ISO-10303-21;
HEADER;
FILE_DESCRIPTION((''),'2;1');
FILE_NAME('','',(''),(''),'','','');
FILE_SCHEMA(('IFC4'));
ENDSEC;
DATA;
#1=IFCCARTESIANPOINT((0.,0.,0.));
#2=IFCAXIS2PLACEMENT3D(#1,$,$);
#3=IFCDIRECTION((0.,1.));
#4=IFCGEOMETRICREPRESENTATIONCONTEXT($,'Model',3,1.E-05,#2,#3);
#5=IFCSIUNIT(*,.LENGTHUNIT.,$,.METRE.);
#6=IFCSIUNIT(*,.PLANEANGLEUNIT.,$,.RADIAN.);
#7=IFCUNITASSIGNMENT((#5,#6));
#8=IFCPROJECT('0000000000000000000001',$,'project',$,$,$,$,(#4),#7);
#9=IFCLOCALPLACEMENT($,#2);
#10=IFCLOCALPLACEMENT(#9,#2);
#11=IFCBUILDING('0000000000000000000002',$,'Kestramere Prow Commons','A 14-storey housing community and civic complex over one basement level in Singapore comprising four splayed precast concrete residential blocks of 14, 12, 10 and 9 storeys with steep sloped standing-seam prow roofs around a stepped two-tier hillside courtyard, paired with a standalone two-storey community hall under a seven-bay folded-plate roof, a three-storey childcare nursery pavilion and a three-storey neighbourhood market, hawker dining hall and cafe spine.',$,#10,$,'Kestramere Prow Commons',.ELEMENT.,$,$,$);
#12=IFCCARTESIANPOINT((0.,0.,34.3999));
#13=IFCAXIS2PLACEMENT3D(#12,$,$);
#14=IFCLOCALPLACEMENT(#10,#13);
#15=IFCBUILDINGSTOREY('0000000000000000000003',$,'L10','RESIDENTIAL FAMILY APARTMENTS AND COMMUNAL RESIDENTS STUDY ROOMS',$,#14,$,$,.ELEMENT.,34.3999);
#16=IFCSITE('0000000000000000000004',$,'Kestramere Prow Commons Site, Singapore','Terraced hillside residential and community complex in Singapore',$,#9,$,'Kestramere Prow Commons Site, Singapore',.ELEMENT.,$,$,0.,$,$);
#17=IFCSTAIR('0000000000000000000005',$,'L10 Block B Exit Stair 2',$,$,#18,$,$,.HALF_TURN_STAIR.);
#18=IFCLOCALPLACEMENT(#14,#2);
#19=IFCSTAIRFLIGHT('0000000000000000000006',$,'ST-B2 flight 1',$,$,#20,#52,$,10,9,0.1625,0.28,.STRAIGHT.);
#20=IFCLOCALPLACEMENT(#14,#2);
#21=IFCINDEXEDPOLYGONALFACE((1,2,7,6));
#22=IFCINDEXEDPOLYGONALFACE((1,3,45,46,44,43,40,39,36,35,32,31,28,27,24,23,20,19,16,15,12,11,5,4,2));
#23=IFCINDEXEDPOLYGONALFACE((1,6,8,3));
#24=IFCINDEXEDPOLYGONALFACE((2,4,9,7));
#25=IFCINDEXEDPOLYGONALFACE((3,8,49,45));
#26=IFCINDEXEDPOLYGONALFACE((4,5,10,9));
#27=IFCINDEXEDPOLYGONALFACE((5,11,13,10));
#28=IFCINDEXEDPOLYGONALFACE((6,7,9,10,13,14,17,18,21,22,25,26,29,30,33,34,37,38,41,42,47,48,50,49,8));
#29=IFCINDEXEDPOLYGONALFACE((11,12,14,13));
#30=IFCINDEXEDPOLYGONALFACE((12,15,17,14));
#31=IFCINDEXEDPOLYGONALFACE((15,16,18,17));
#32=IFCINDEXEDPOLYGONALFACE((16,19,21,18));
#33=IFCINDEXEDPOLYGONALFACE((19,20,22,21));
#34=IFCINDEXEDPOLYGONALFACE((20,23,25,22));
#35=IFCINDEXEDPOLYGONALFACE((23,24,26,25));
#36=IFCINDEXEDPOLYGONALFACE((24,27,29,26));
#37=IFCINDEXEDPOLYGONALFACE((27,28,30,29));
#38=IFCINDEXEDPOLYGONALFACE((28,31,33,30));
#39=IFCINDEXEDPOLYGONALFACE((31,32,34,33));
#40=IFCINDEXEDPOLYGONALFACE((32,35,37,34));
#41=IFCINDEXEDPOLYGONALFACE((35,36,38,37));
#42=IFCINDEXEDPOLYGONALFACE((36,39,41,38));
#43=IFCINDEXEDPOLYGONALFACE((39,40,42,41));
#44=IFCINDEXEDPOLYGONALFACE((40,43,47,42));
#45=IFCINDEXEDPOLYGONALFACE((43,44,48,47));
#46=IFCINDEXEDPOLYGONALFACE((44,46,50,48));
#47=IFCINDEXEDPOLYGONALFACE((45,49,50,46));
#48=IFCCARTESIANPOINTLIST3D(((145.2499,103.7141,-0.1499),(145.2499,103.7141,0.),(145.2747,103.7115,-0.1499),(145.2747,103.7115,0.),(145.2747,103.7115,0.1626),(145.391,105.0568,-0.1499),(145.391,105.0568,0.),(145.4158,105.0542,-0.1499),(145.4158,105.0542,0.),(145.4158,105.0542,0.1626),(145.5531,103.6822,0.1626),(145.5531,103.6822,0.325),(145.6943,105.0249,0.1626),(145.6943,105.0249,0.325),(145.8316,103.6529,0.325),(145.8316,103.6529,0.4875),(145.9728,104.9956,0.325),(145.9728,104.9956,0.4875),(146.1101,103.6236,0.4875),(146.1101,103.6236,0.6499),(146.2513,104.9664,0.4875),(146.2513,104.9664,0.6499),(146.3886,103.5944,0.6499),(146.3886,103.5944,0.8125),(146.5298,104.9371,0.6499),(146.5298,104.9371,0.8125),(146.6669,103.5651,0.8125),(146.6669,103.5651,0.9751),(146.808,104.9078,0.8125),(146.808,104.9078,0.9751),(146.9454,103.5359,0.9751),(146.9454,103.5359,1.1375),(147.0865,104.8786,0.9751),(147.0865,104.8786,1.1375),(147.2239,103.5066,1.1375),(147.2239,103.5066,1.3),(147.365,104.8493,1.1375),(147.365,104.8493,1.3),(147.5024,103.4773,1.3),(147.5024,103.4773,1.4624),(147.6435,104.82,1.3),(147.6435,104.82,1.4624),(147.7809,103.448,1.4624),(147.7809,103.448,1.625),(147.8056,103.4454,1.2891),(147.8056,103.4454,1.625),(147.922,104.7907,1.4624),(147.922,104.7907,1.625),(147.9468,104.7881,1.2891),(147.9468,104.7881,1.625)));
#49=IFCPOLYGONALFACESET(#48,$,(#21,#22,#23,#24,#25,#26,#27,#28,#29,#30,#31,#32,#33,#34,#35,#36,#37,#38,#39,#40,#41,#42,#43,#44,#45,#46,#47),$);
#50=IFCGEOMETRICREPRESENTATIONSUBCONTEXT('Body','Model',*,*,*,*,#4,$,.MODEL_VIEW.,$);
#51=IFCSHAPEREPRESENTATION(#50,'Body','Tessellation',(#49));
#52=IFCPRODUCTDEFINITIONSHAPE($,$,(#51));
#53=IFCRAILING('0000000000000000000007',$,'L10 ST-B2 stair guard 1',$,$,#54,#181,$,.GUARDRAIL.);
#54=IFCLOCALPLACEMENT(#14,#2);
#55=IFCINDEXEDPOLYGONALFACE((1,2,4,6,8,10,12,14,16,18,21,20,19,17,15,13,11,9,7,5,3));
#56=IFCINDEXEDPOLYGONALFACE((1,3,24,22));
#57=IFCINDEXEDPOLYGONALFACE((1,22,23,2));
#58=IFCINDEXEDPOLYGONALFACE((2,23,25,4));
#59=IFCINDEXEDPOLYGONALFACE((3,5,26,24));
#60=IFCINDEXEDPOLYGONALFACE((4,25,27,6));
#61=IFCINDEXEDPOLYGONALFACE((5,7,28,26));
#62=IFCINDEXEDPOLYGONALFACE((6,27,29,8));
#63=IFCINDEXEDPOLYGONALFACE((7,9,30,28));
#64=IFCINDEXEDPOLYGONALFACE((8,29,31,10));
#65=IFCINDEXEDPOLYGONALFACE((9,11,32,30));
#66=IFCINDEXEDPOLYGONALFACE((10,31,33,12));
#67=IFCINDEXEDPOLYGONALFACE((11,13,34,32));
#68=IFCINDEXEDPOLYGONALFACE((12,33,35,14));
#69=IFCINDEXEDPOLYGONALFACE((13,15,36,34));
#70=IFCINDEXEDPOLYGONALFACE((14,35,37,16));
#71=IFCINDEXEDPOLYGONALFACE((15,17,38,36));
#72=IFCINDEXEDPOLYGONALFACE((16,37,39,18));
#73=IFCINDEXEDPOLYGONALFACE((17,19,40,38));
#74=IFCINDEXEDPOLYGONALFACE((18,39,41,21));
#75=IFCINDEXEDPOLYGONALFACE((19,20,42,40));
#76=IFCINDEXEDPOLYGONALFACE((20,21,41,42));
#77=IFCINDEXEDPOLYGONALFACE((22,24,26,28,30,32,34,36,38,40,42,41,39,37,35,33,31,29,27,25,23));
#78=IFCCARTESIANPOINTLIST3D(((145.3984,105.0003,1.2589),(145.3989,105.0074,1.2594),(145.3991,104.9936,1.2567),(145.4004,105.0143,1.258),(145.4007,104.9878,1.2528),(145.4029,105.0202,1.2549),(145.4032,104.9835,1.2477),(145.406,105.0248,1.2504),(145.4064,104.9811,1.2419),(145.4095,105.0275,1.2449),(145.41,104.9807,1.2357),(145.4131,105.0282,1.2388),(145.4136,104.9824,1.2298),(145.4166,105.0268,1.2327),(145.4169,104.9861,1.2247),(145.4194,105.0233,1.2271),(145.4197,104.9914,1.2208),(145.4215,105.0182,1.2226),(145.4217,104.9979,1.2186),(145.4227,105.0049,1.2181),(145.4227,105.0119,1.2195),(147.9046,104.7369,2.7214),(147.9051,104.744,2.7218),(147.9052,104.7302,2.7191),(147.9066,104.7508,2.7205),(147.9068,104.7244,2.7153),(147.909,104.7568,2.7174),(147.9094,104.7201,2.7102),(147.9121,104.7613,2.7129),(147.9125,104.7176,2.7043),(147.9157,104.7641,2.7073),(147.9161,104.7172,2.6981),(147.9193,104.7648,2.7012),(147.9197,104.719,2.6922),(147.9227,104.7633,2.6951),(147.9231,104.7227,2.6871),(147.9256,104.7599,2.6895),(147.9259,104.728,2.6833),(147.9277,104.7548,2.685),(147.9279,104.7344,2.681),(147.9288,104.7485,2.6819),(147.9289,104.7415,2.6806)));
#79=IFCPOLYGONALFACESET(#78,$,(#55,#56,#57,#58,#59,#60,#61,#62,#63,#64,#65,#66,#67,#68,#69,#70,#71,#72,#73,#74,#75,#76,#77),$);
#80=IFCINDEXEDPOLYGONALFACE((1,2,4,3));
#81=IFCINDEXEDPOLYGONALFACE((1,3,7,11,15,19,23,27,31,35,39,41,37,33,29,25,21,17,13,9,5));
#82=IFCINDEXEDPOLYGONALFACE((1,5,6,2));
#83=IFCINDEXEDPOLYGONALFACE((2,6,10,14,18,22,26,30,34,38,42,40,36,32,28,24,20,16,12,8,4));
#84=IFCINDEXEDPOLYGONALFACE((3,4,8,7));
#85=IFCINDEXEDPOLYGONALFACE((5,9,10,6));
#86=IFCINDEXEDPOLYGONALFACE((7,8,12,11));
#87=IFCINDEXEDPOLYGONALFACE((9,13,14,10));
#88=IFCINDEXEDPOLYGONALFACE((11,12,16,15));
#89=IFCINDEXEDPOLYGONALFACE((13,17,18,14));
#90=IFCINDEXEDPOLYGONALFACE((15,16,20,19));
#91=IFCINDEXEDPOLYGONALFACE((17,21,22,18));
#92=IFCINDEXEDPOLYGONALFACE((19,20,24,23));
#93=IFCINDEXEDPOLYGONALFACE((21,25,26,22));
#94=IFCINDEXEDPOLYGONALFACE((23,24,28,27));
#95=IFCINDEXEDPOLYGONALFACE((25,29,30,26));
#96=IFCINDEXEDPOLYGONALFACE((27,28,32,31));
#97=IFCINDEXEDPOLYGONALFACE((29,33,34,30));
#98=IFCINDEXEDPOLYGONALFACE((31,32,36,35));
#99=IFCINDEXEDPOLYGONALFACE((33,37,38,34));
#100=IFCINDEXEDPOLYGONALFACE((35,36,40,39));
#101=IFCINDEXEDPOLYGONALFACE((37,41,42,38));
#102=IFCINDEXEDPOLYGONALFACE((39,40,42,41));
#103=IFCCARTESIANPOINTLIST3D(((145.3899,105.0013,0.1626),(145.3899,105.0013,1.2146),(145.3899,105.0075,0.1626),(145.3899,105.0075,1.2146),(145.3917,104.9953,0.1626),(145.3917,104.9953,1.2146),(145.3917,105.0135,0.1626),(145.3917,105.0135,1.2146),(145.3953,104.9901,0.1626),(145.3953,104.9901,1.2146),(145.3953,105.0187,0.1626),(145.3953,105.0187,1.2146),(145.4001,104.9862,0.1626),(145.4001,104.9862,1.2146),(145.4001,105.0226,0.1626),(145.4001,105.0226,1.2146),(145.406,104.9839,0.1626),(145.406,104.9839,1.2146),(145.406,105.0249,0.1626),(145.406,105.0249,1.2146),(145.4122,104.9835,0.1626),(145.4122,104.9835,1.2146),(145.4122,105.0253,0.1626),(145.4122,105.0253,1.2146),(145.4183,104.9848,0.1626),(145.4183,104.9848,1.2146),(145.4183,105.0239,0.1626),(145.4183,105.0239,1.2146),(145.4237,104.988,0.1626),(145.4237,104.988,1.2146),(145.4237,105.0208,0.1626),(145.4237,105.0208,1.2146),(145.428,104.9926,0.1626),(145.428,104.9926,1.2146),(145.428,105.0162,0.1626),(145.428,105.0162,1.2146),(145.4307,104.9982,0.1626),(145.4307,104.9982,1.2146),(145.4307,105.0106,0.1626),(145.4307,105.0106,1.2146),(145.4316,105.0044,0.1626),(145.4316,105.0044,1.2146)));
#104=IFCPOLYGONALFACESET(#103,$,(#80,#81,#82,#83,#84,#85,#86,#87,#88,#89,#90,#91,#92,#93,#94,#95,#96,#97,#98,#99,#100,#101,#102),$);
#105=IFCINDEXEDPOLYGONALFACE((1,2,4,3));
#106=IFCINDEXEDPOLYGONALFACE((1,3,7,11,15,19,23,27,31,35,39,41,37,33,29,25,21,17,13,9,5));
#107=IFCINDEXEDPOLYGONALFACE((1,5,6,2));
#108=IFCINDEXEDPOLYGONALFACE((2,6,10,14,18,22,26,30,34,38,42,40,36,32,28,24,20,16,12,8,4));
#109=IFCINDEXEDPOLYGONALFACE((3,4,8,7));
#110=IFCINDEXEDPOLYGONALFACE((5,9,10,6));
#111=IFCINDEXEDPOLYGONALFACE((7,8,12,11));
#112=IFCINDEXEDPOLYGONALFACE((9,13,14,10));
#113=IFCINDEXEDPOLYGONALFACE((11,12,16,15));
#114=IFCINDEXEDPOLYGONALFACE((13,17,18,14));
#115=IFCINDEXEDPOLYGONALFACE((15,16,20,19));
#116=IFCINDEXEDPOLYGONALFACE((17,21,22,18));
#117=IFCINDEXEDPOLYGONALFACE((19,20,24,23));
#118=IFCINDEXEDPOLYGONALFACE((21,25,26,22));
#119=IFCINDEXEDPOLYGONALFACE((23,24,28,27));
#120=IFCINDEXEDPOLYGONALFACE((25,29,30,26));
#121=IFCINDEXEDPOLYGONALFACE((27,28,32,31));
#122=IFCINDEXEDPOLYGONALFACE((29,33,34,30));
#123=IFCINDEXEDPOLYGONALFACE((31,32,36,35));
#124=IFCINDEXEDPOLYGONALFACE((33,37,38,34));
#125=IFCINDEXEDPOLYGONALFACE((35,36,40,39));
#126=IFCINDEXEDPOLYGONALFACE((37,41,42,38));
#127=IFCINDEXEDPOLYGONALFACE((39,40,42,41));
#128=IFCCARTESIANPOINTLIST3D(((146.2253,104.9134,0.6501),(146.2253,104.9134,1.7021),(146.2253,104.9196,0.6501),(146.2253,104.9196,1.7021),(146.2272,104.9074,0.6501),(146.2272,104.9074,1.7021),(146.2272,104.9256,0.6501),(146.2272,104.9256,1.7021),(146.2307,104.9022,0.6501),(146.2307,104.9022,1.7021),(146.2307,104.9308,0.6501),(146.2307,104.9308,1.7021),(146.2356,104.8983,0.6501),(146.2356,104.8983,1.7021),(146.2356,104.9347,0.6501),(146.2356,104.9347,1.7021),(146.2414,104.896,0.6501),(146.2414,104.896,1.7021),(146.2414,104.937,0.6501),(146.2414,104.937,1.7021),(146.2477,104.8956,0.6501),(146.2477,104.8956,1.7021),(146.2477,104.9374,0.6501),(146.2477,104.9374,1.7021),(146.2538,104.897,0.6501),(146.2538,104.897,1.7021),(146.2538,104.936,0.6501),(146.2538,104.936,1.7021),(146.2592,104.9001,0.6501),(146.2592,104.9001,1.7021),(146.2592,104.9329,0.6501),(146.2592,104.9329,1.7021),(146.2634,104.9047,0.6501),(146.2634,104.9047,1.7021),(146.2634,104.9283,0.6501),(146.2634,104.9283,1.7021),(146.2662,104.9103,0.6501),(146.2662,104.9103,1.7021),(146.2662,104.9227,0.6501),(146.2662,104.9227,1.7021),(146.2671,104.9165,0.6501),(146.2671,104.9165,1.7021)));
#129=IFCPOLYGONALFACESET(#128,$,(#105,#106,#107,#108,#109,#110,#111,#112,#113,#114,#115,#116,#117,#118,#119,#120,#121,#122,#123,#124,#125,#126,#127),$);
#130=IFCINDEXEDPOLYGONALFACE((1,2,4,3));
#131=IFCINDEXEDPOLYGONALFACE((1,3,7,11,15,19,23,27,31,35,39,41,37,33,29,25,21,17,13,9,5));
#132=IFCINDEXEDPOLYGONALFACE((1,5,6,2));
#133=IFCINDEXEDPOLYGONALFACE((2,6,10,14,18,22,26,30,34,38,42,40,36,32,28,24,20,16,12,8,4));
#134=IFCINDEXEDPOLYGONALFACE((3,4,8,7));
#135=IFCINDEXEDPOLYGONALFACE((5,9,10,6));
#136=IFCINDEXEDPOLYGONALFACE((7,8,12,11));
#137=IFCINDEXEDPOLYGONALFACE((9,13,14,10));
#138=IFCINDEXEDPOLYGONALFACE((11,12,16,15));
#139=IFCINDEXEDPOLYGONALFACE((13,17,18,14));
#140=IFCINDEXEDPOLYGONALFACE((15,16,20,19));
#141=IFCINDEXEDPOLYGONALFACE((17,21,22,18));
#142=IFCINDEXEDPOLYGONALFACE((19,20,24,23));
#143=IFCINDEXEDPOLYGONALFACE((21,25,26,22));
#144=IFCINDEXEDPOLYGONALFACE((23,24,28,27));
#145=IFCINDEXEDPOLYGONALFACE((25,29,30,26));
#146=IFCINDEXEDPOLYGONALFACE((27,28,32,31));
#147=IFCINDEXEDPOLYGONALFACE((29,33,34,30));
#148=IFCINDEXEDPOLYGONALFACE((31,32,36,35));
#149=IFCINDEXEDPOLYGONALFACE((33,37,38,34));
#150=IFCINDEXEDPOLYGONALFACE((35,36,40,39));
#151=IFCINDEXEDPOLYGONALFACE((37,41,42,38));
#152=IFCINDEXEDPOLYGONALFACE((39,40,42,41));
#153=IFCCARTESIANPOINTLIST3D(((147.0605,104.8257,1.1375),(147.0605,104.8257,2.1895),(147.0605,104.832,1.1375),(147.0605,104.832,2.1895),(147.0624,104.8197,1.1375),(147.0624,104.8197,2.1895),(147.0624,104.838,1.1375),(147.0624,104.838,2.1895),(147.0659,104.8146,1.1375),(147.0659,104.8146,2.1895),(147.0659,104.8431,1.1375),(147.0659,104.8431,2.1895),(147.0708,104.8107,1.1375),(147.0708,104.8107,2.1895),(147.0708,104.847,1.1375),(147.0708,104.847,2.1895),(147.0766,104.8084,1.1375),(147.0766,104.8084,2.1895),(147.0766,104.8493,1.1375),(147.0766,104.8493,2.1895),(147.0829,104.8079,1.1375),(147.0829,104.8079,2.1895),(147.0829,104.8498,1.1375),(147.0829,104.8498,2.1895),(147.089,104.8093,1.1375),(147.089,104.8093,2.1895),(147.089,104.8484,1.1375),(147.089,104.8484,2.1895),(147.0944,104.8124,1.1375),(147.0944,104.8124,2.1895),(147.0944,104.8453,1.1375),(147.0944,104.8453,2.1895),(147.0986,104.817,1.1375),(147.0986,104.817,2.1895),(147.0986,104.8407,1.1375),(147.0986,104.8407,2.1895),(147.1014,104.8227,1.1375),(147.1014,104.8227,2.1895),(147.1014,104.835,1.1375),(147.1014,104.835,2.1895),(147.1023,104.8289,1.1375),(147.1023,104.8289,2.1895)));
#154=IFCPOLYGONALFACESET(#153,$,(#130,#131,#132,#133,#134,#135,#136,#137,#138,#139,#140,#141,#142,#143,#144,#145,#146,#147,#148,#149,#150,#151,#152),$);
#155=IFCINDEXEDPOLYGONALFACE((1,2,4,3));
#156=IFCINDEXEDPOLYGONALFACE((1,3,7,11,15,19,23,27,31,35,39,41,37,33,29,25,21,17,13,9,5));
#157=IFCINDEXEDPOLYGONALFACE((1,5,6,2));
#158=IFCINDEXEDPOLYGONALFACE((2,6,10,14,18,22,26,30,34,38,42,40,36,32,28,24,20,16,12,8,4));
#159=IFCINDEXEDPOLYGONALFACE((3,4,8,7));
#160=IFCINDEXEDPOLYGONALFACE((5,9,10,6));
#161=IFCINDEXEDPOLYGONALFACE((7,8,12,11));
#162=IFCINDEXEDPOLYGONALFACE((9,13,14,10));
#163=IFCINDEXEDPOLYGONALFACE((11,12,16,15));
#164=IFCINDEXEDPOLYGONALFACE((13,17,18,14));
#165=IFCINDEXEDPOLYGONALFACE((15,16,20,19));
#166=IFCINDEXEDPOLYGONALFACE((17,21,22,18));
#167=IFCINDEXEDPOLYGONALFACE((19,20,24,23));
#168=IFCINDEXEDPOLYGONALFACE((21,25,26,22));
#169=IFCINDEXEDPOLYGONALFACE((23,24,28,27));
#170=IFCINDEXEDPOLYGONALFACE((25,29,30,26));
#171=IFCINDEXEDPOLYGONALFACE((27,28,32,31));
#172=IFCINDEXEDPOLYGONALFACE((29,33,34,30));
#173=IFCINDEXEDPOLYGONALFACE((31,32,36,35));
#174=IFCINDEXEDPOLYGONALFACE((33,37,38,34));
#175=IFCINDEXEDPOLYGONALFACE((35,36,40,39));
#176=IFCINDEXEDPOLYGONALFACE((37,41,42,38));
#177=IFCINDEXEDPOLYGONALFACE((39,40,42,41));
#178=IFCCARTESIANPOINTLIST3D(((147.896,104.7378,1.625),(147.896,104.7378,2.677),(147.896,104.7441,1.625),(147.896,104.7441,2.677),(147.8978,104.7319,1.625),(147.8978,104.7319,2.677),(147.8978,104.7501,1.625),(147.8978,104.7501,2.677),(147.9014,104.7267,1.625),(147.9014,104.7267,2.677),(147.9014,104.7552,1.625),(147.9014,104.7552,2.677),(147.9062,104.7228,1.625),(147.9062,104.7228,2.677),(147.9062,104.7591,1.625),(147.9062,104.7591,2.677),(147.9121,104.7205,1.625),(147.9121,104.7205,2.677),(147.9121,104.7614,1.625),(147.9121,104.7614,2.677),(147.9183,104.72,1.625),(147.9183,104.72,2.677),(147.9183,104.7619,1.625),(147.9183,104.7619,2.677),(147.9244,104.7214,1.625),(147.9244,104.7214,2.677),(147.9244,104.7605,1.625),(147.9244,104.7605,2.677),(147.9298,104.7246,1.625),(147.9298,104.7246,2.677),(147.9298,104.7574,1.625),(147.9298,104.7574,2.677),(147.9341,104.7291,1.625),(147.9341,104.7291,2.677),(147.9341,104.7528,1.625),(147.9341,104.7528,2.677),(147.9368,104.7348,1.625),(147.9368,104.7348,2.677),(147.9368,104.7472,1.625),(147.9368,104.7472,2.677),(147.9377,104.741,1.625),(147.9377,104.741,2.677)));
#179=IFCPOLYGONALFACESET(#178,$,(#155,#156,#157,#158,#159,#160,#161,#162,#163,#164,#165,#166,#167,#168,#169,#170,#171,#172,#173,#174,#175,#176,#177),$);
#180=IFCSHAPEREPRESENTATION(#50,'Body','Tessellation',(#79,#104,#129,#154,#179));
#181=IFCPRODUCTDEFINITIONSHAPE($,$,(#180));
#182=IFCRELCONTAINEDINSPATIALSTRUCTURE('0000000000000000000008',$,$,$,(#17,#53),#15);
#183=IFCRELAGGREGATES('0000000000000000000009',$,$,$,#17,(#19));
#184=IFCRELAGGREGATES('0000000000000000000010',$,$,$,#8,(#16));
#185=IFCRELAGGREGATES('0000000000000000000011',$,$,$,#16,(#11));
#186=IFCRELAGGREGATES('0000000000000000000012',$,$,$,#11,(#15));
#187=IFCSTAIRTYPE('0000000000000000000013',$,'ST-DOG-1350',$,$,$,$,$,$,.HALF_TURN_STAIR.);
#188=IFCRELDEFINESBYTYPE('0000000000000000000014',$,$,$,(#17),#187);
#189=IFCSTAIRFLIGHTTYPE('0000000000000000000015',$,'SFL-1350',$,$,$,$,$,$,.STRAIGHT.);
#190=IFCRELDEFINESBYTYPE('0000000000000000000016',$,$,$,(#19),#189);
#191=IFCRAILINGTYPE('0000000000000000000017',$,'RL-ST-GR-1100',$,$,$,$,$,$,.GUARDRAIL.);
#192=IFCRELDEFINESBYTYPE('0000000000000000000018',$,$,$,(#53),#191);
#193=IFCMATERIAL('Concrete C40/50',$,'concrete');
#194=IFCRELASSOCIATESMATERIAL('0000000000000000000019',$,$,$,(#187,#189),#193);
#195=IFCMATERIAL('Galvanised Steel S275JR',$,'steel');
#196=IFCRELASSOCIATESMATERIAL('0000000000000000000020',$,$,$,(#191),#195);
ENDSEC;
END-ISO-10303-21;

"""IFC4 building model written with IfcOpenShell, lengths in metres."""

from ifc_helpers import new_model, si_unit, direction, frame, origin, origin_2d, place, context, subcontext, project, spatial, polyline, circle, outline, extrude, material, type_object, element, aggregate, save


model = new_model("IFC4")

# Units and contexts
model_context = context("Model", 3, precision=1e-05, world=origin(), true_north=direction((0.0, 1.0)))
body_context = subcontext(model_context, "Body", "Model", "MODEL_VIEW")
ifc_project = project(units=[si_unit("LENGTHUNIT", "METRE"), si_unit("PLANEANGLEUNIT", "RADIAN")], contexts=[model_context])

# Site, building, storey
site_placement = place(None, origin())
site = spatial("IfcSite", under=ifc_project, at=site_placement, Name="Kestramere Prow Commons Site, Singapore", Description="Terraced hillside residential and community complex in Singapore", LongName="Kestramere Prow Commons Site, Singapore", CompositionType="ELEMENT", RefElevation=0.0)
building_placement = place(site_placement, origin())
building = spatial("IfcBuilding", under=site, at=building_placement, Name="Kestramere Prow Commons", Description="A 14-storey housing community and civic complex over one basement level in Singapore comprising four splayed precast concrete residential blocks of 14, 12, 10 and 9 storeys with steep sloped standing-seam prow roofs around a stepped two-tier hillside courtyard, paired with a standalone two-storey community hall under a seven-bay folded-plate roof, a three-storey childcare nursery pavilion and a three-storey neighbourhood market, hawker dining hall and cafe spine.", LongName="Kestramere Prow Commons", CompositionType="ELEMENT")
storey_placement = place(building_placement, frame((0.0, 0.0, 34.3999)))
storey = spatial("IfcBuildingStorey", under=building, at=storey_placement, Name="L10", Description="RESIDENTIAL FAMILY APARTMENTS AND COMMUNAL RESIDENTS STUDY ROOMS", CompositionType="ELEMENT", Elevation=34.3999)

# Shared definitions
ifc_material_1 = material(Name="Concrete C40/50", Category="concrete")

# Stair, stair flight
stair_type = type_object("IfcStairType", Name="ST-DOG-1350", PredefinedType="HALF_TURN_STAIR", material=ifc_material_1)
stair_placement = place(storey_placement, origin())
stair = element("IfcStair", 1, at=stair_placement, inside=storey, type_object=stair_type, Name="L10 Block B Exit Stair 2", PredefinedType="HALF_TURN_STAIR")
stair_flight_type = type_object("IfcStairFlightType", Name="SFL-1350", PredefinedType="STRAIGHT", material=ifc_material_1)
stair_flight_placement = place(storey_placement, frame((145.3452, 104.3828, 0.0), z_axis=(0.0, 0.0, 1.0), x_axis=(0.994522, -0.104528, 0.0)))
stair_flight = element("IfcStairFlight", 2, at=stair_flight_placement, type_object=stair_flight_type, Name="ST-B2 flight 1", NumberOfRisers=10, NumberOfTreads=9, PredefinedType="STRAIGHT", RiserHeight=0.1625, TreadLength=0.28, context=body_context, shape_type="SweptSolid", body=[
    extrude(outline(polyline([(-0.0249, 0.0), (0.0, 0.0), (0.0, 0.1626), (0.28, 0.1626), (0.28, 0.325), (0.5601, 0.325), (0.5601, 0.4875), (0.8401, 0.4875), (0.8401, 0.6499), (1.1201, 0.6499), (1.1201, 0.8125), (1.3999, 0.8125), (1.3999, 0.9751), (1.6799, 0.9751), (1.6799, 1.1375), (1.96, 1.1375), (1.96, 1.3), (2.24, 1.3), (2.24, 1.4624), (2.52, 1.4624), (2.52, 1.625), (2.5449, 1.625), (2.5449, 1.2891), (0.0, -0.1499), (-0.0249, -0.1499), (-0.0249, 0.0)])), frame((0.0, 0.675, 0.0), z_axis=(0.0, -1.0, 0.0), x_axis=(1.0, 0.0, 0.0)), (0.0, 0.0, 1.0), 1.3501),
])
aggregate(stair, [stair_flight])

# Railing
ifc_material_2 = material(Name="Galvanised Steel S275JR", Category="steel")
railing_type_1 = type_object("IfcRailingType", Name="RL-ST-GR-1100", PredefinedType="GUARDRAIL", material=ifc_material_2)
railing_1_placement = place(storey_placement, frame((145.4106, 105.0044, 0.1626)))
element("IfcRailing", 3, at=railing_1_placement, inside=storey, type_object=railing_type_1, Name="L10 ST-B2 stair guard 1", PredefinedType="GUARDRAIL", context=body_context, shape_type="SweptSolid", body=[
    extrude(circle(Radius=0.0239, at=origin_2d()), frame((0.0, 0.0, 1.0762), z_axis=(0.860165, -0.090416, 0.501937), x_axis=(0.104539, 0.994521, 0.0)), (0.0, 0.0, 1.0), 2.9136),
    extrude(circle(Radius=0.021, at=origin_2d()), origin(), (0.0, 0.0, 1.0), 1.052),
    extrude(circle(Radius=0.021, at=origin_2d()), frame((0.8354, -0.0879, 0.4875)), (0.0, 0.0, 1.0), 1.052),
    extrude(circle(Radius=0.021, at=origin_2d()), frame((1.6707, -0.1755, 0.9749)), (0.0, 0.0, 1.0), 1.052),
    extrude(circle(Radius=0.021, at=origin_2d()), frame((2.5061, -0.2634, 1.4624)), (0.0, 0.0, 1.0), 1.052),
])

save(model, "model.ifc")
